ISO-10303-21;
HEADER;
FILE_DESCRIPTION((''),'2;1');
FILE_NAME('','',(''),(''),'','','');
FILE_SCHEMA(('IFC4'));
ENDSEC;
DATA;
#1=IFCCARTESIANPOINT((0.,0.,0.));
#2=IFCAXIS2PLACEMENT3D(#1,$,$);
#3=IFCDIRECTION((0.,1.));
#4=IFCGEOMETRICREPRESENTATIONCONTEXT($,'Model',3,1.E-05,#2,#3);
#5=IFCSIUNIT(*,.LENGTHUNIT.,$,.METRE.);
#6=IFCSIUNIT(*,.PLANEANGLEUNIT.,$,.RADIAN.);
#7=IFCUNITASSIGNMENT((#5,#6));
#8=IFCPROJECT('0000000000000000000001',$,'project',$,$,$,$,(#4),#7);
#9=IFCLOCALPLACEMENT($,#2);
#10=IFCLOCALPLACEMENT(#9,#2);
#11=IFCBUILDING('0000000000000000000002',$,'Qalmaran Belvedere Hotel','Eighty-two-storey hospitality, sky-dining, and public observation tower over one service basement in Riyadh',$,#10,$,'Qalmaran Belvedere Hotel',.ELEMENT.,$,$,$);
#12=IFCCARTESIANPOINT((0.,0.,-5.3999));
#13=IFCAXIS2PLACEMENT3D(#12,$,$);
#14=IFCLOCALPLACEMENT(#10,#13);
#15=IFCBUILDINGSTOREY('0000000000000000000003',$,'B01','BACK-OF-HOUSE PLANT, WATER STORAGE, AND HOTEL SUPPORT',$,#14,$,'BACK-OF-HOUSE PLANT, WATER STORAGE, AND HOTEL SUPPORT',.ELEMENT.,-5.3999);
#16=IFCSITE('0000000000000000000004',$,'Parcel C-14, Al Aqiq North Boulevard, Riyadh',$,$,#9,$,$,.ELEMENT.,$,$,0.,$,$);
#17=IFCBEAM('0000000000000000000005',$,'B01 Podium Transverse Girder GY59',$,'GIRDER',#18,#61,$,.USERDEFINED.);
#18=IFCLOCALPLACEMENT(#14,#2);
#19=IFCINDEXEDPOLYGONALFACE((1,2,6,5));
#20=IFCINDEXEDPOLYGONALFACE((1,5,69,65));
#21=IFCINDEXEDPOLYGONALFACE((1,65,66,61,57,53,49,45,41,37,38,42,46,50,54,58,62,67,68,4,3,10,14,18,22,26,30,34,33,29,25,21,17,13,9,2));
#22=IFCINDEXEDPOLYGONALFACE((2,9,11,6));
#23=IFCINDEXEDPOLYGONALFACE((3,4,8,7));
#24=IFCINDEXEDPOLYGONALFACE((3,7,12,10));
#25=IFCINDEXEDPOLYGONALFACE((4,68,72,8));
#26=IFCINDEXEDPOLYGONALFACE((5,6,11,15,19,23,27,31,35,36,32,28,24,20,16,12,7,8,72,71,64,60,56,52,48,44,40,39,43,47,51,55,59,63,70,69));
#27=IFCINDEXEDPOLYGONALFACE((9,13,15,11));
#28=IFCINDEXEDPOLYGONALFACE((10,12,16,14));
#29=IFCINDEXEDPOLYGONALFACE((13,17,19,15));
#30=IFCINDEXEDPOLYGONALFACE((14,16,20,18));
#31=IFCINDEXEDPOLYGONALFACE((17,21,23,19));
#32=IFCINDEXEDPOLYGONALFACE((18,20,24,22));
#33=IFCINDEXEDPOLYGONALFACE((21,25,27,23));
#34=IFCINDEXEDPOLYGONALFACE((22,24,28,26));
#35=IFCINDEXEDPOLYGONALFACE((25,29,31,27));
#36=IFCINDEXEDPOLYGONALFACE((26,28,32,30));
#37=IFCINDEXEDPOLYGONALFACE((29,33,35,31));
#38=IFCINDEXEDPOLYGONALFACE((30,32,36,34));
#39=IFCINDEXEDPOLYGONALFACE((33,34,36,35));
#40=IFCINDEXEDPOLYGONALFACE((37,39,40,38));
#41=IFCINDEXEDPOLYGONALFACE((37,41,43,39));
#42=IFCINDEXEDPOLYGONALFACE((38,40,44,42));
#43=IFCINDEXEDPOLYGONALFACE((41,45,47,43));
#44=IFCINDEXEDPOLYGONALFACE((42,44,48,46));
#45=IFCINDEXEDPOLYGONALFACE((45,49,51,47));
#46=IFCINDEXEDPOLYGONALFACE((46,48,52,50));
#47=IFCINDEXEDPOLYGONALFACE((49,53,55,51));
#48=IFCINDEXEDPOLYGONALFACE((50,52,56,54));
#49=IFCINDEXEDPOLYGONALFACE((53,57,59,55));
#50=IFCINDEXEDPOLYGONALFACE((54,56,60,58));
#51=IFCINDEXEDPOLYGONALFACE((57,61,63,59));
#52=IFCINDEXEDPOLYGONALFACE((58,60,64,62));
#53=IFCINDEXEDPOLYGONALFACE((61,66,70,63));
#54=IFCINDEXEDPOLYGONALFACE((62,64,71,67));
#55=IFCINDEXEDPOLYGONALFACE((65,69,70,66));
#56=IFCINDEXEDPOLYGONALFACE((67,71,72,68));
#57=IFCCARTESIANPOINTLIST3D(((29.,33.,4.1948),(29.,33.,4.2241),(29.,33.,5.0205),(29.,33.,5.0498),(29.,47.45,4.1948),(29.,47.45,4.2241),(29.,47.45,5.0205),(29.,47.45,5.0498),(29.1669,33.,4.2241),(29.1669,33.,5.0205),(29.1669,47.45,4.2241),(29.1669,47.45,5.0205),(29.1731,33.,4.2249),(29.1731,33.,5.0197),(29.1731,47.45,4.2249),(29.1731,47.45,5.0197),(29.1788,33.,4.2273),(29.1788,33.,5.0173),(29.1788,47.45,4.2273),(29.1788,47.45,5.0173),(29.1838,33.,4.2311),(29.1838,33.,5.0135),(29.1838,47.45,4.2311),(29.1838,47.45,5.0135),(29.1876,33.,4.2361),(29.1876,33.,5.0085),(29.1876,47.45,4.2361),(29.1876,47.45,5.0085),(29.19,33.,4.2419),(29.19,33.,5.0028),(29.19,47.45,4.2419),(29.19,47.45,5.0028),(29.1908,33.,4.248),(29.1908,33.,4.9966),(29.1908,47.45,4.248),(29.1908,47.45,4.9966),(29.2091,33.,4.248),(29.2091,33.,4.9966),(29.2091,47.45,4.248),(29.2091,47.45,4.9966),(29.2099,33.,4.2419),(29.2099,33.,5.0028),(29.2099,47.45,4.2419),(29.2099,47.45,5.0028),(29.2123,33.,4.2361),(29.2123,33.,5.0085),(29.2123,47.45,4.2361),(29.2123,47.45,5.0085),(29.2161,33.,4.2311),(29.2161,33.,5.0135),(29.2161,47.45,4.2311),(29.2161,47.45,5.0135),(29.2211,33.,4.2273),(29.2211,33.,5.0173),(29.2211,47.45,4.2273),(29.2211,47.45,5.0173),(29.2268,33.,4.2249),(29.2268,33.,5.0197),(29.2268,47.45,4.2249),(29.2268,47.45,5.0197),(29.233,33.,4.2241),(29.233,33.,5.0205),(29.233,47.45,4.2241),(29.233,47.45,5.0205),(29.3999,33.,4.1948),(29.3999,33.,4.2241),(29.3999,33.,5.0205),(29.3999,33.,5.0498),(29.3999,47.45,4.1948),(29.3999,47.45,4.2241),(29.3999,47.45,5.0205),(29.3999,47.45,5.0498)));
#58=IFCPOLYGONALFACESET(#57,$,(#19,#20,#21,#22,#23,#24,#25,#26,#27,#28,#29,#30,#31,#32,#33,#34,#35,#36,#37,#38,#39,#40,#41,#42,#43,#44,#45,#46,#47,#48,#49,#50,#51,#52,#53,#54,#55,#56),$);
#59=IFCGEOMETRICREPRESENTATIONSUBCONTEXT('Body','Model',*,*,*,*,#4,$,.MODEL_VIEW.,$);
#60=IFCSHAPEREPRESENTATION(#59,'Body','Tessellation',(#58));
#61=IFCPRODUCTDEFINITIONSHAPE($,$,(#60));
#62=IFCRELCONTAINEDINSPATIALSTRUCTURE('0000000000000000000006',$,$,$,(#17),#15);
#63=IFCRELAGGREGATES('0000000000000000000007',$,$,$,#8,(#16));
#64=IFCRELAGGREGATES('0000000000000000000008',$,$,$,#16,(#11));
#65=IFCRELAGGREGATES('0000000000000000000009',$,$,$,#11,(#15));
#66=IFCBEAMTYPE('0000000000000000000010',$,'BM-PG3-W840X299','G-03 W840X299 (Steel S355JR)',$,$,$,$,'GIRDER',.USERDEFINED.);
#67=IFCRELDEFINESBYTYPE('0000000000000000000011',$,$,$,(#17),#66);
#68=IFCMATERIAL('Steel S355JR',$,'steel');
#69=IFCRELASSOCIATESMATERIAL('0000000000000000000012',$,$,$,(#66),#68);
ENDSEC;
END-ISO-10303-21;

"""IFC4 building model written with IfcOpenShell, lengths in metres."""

from ifc_helpers import new_model, si_unit, direction, frame, origin, origin_2d, place, context, subcontext, project, spatial, i_section, extrude, material, material_profile, profile_set, type_object, element, save


model = new_model("IFC4")

# Units and contexts
model_context = context("Model", 3, precision=1e-05, world=origin(), true_north=direction((0.0, 1.0)))
body_context = subcontext(model_context, "Body", "Model", "MODEL_VIEW")
ifc_project = project(units=[si_unit("LENGTHUNIT", "METRE"), si_unit("PLANEANGLEUNIT", "RADIAN")], contexts=[model_context])

# Site, building, storey
site_placement = place(None, origin())
site = spatial("IfcSite", under=ifc_project, at=site_placement, Name="Parcel C-14, Al Aqiq North Boulevard, Riyadh", CompositionType="ELEMENT", RefElevation=0.0)
building_placement = place(site_placement, origin())
building = spatial("IfcBuilding", under=site, at=building_placement, Name="Qalmaran Belvedere Hotel", Description="Eighty-two-storey hospitality, sky-dining, and public observation tower over one service basement in Riyadh", LongName="Qalmaran Belvedere Hotel", CompositionType="ELEMENT")
storey_placement = place(building_placement, frame((0.0, 0.0, -5.3999)))
storey = spatial("IfcBuildingStorey", under=building, at=storey_placement, Name="B01", Description="BACK-OF-HOUSE PLANT, WATER STORAGE, AND HOTEL SUPPORT", LongName="BACK-OF-HOUSE PLANT, WATER STORAGE, AND HOTEL SUPPORT", CompositionType="ELEMENT", Elevation=-5.3999)

# Beam
ifc_material_1 = material(Name="Steel S355JR", Category="steel")
ifc_material_profile_1 = material_profile(ifc_material_1, i_section(OverallWidth=0.3999, OverallDepth=0.855, WebThickness=0.0183, FlangeThickness=0.0293, FilletRadius=0.0239, at=origin_2d()), Name="W840X299")
ifc_profile_set_1 = profile_set([ifc_material_profile_1], Name="Steel S355JR")
beam_type_1 = type_object("IfcBeamType", Name="BM-PG3-W840X299", Description="G-03 W840X299 (Steel S355JR)", ElementType="GIRDER", PredefinedType="USERDEFINED", material=ifc_profile_set_1)
for number, where, z_axis, x_axis, name in (
    (1, (29.2, 33.0, 4.6223), (0.0, 1.0, 0.0), (-1.0, 0.0, 0.0), "B01 Podium Transverse Girder GY59"),
):
    element("IfcBeam", number, at=place(storey_placement, frame(where, z_axis=z_axis, x_axis=x_axis)), inside=storey, type_object=beam_type_1, Name=name, ObjectType="GIRDER", PredefinedType="USERDEFINED", context=body_context, shape_type="SweptSolid", body=[
        extrude(i_section(OverallWidth=0.3999, OverallDepth=0.855, WebThickness=0.0183, FlangeThickness=0.0293, FilletRadius=0.0239, at=origin_2d()), origin(), (0.0, 0.0, 1.0), 14.45),
    ])

save(model, "model.ifc")
